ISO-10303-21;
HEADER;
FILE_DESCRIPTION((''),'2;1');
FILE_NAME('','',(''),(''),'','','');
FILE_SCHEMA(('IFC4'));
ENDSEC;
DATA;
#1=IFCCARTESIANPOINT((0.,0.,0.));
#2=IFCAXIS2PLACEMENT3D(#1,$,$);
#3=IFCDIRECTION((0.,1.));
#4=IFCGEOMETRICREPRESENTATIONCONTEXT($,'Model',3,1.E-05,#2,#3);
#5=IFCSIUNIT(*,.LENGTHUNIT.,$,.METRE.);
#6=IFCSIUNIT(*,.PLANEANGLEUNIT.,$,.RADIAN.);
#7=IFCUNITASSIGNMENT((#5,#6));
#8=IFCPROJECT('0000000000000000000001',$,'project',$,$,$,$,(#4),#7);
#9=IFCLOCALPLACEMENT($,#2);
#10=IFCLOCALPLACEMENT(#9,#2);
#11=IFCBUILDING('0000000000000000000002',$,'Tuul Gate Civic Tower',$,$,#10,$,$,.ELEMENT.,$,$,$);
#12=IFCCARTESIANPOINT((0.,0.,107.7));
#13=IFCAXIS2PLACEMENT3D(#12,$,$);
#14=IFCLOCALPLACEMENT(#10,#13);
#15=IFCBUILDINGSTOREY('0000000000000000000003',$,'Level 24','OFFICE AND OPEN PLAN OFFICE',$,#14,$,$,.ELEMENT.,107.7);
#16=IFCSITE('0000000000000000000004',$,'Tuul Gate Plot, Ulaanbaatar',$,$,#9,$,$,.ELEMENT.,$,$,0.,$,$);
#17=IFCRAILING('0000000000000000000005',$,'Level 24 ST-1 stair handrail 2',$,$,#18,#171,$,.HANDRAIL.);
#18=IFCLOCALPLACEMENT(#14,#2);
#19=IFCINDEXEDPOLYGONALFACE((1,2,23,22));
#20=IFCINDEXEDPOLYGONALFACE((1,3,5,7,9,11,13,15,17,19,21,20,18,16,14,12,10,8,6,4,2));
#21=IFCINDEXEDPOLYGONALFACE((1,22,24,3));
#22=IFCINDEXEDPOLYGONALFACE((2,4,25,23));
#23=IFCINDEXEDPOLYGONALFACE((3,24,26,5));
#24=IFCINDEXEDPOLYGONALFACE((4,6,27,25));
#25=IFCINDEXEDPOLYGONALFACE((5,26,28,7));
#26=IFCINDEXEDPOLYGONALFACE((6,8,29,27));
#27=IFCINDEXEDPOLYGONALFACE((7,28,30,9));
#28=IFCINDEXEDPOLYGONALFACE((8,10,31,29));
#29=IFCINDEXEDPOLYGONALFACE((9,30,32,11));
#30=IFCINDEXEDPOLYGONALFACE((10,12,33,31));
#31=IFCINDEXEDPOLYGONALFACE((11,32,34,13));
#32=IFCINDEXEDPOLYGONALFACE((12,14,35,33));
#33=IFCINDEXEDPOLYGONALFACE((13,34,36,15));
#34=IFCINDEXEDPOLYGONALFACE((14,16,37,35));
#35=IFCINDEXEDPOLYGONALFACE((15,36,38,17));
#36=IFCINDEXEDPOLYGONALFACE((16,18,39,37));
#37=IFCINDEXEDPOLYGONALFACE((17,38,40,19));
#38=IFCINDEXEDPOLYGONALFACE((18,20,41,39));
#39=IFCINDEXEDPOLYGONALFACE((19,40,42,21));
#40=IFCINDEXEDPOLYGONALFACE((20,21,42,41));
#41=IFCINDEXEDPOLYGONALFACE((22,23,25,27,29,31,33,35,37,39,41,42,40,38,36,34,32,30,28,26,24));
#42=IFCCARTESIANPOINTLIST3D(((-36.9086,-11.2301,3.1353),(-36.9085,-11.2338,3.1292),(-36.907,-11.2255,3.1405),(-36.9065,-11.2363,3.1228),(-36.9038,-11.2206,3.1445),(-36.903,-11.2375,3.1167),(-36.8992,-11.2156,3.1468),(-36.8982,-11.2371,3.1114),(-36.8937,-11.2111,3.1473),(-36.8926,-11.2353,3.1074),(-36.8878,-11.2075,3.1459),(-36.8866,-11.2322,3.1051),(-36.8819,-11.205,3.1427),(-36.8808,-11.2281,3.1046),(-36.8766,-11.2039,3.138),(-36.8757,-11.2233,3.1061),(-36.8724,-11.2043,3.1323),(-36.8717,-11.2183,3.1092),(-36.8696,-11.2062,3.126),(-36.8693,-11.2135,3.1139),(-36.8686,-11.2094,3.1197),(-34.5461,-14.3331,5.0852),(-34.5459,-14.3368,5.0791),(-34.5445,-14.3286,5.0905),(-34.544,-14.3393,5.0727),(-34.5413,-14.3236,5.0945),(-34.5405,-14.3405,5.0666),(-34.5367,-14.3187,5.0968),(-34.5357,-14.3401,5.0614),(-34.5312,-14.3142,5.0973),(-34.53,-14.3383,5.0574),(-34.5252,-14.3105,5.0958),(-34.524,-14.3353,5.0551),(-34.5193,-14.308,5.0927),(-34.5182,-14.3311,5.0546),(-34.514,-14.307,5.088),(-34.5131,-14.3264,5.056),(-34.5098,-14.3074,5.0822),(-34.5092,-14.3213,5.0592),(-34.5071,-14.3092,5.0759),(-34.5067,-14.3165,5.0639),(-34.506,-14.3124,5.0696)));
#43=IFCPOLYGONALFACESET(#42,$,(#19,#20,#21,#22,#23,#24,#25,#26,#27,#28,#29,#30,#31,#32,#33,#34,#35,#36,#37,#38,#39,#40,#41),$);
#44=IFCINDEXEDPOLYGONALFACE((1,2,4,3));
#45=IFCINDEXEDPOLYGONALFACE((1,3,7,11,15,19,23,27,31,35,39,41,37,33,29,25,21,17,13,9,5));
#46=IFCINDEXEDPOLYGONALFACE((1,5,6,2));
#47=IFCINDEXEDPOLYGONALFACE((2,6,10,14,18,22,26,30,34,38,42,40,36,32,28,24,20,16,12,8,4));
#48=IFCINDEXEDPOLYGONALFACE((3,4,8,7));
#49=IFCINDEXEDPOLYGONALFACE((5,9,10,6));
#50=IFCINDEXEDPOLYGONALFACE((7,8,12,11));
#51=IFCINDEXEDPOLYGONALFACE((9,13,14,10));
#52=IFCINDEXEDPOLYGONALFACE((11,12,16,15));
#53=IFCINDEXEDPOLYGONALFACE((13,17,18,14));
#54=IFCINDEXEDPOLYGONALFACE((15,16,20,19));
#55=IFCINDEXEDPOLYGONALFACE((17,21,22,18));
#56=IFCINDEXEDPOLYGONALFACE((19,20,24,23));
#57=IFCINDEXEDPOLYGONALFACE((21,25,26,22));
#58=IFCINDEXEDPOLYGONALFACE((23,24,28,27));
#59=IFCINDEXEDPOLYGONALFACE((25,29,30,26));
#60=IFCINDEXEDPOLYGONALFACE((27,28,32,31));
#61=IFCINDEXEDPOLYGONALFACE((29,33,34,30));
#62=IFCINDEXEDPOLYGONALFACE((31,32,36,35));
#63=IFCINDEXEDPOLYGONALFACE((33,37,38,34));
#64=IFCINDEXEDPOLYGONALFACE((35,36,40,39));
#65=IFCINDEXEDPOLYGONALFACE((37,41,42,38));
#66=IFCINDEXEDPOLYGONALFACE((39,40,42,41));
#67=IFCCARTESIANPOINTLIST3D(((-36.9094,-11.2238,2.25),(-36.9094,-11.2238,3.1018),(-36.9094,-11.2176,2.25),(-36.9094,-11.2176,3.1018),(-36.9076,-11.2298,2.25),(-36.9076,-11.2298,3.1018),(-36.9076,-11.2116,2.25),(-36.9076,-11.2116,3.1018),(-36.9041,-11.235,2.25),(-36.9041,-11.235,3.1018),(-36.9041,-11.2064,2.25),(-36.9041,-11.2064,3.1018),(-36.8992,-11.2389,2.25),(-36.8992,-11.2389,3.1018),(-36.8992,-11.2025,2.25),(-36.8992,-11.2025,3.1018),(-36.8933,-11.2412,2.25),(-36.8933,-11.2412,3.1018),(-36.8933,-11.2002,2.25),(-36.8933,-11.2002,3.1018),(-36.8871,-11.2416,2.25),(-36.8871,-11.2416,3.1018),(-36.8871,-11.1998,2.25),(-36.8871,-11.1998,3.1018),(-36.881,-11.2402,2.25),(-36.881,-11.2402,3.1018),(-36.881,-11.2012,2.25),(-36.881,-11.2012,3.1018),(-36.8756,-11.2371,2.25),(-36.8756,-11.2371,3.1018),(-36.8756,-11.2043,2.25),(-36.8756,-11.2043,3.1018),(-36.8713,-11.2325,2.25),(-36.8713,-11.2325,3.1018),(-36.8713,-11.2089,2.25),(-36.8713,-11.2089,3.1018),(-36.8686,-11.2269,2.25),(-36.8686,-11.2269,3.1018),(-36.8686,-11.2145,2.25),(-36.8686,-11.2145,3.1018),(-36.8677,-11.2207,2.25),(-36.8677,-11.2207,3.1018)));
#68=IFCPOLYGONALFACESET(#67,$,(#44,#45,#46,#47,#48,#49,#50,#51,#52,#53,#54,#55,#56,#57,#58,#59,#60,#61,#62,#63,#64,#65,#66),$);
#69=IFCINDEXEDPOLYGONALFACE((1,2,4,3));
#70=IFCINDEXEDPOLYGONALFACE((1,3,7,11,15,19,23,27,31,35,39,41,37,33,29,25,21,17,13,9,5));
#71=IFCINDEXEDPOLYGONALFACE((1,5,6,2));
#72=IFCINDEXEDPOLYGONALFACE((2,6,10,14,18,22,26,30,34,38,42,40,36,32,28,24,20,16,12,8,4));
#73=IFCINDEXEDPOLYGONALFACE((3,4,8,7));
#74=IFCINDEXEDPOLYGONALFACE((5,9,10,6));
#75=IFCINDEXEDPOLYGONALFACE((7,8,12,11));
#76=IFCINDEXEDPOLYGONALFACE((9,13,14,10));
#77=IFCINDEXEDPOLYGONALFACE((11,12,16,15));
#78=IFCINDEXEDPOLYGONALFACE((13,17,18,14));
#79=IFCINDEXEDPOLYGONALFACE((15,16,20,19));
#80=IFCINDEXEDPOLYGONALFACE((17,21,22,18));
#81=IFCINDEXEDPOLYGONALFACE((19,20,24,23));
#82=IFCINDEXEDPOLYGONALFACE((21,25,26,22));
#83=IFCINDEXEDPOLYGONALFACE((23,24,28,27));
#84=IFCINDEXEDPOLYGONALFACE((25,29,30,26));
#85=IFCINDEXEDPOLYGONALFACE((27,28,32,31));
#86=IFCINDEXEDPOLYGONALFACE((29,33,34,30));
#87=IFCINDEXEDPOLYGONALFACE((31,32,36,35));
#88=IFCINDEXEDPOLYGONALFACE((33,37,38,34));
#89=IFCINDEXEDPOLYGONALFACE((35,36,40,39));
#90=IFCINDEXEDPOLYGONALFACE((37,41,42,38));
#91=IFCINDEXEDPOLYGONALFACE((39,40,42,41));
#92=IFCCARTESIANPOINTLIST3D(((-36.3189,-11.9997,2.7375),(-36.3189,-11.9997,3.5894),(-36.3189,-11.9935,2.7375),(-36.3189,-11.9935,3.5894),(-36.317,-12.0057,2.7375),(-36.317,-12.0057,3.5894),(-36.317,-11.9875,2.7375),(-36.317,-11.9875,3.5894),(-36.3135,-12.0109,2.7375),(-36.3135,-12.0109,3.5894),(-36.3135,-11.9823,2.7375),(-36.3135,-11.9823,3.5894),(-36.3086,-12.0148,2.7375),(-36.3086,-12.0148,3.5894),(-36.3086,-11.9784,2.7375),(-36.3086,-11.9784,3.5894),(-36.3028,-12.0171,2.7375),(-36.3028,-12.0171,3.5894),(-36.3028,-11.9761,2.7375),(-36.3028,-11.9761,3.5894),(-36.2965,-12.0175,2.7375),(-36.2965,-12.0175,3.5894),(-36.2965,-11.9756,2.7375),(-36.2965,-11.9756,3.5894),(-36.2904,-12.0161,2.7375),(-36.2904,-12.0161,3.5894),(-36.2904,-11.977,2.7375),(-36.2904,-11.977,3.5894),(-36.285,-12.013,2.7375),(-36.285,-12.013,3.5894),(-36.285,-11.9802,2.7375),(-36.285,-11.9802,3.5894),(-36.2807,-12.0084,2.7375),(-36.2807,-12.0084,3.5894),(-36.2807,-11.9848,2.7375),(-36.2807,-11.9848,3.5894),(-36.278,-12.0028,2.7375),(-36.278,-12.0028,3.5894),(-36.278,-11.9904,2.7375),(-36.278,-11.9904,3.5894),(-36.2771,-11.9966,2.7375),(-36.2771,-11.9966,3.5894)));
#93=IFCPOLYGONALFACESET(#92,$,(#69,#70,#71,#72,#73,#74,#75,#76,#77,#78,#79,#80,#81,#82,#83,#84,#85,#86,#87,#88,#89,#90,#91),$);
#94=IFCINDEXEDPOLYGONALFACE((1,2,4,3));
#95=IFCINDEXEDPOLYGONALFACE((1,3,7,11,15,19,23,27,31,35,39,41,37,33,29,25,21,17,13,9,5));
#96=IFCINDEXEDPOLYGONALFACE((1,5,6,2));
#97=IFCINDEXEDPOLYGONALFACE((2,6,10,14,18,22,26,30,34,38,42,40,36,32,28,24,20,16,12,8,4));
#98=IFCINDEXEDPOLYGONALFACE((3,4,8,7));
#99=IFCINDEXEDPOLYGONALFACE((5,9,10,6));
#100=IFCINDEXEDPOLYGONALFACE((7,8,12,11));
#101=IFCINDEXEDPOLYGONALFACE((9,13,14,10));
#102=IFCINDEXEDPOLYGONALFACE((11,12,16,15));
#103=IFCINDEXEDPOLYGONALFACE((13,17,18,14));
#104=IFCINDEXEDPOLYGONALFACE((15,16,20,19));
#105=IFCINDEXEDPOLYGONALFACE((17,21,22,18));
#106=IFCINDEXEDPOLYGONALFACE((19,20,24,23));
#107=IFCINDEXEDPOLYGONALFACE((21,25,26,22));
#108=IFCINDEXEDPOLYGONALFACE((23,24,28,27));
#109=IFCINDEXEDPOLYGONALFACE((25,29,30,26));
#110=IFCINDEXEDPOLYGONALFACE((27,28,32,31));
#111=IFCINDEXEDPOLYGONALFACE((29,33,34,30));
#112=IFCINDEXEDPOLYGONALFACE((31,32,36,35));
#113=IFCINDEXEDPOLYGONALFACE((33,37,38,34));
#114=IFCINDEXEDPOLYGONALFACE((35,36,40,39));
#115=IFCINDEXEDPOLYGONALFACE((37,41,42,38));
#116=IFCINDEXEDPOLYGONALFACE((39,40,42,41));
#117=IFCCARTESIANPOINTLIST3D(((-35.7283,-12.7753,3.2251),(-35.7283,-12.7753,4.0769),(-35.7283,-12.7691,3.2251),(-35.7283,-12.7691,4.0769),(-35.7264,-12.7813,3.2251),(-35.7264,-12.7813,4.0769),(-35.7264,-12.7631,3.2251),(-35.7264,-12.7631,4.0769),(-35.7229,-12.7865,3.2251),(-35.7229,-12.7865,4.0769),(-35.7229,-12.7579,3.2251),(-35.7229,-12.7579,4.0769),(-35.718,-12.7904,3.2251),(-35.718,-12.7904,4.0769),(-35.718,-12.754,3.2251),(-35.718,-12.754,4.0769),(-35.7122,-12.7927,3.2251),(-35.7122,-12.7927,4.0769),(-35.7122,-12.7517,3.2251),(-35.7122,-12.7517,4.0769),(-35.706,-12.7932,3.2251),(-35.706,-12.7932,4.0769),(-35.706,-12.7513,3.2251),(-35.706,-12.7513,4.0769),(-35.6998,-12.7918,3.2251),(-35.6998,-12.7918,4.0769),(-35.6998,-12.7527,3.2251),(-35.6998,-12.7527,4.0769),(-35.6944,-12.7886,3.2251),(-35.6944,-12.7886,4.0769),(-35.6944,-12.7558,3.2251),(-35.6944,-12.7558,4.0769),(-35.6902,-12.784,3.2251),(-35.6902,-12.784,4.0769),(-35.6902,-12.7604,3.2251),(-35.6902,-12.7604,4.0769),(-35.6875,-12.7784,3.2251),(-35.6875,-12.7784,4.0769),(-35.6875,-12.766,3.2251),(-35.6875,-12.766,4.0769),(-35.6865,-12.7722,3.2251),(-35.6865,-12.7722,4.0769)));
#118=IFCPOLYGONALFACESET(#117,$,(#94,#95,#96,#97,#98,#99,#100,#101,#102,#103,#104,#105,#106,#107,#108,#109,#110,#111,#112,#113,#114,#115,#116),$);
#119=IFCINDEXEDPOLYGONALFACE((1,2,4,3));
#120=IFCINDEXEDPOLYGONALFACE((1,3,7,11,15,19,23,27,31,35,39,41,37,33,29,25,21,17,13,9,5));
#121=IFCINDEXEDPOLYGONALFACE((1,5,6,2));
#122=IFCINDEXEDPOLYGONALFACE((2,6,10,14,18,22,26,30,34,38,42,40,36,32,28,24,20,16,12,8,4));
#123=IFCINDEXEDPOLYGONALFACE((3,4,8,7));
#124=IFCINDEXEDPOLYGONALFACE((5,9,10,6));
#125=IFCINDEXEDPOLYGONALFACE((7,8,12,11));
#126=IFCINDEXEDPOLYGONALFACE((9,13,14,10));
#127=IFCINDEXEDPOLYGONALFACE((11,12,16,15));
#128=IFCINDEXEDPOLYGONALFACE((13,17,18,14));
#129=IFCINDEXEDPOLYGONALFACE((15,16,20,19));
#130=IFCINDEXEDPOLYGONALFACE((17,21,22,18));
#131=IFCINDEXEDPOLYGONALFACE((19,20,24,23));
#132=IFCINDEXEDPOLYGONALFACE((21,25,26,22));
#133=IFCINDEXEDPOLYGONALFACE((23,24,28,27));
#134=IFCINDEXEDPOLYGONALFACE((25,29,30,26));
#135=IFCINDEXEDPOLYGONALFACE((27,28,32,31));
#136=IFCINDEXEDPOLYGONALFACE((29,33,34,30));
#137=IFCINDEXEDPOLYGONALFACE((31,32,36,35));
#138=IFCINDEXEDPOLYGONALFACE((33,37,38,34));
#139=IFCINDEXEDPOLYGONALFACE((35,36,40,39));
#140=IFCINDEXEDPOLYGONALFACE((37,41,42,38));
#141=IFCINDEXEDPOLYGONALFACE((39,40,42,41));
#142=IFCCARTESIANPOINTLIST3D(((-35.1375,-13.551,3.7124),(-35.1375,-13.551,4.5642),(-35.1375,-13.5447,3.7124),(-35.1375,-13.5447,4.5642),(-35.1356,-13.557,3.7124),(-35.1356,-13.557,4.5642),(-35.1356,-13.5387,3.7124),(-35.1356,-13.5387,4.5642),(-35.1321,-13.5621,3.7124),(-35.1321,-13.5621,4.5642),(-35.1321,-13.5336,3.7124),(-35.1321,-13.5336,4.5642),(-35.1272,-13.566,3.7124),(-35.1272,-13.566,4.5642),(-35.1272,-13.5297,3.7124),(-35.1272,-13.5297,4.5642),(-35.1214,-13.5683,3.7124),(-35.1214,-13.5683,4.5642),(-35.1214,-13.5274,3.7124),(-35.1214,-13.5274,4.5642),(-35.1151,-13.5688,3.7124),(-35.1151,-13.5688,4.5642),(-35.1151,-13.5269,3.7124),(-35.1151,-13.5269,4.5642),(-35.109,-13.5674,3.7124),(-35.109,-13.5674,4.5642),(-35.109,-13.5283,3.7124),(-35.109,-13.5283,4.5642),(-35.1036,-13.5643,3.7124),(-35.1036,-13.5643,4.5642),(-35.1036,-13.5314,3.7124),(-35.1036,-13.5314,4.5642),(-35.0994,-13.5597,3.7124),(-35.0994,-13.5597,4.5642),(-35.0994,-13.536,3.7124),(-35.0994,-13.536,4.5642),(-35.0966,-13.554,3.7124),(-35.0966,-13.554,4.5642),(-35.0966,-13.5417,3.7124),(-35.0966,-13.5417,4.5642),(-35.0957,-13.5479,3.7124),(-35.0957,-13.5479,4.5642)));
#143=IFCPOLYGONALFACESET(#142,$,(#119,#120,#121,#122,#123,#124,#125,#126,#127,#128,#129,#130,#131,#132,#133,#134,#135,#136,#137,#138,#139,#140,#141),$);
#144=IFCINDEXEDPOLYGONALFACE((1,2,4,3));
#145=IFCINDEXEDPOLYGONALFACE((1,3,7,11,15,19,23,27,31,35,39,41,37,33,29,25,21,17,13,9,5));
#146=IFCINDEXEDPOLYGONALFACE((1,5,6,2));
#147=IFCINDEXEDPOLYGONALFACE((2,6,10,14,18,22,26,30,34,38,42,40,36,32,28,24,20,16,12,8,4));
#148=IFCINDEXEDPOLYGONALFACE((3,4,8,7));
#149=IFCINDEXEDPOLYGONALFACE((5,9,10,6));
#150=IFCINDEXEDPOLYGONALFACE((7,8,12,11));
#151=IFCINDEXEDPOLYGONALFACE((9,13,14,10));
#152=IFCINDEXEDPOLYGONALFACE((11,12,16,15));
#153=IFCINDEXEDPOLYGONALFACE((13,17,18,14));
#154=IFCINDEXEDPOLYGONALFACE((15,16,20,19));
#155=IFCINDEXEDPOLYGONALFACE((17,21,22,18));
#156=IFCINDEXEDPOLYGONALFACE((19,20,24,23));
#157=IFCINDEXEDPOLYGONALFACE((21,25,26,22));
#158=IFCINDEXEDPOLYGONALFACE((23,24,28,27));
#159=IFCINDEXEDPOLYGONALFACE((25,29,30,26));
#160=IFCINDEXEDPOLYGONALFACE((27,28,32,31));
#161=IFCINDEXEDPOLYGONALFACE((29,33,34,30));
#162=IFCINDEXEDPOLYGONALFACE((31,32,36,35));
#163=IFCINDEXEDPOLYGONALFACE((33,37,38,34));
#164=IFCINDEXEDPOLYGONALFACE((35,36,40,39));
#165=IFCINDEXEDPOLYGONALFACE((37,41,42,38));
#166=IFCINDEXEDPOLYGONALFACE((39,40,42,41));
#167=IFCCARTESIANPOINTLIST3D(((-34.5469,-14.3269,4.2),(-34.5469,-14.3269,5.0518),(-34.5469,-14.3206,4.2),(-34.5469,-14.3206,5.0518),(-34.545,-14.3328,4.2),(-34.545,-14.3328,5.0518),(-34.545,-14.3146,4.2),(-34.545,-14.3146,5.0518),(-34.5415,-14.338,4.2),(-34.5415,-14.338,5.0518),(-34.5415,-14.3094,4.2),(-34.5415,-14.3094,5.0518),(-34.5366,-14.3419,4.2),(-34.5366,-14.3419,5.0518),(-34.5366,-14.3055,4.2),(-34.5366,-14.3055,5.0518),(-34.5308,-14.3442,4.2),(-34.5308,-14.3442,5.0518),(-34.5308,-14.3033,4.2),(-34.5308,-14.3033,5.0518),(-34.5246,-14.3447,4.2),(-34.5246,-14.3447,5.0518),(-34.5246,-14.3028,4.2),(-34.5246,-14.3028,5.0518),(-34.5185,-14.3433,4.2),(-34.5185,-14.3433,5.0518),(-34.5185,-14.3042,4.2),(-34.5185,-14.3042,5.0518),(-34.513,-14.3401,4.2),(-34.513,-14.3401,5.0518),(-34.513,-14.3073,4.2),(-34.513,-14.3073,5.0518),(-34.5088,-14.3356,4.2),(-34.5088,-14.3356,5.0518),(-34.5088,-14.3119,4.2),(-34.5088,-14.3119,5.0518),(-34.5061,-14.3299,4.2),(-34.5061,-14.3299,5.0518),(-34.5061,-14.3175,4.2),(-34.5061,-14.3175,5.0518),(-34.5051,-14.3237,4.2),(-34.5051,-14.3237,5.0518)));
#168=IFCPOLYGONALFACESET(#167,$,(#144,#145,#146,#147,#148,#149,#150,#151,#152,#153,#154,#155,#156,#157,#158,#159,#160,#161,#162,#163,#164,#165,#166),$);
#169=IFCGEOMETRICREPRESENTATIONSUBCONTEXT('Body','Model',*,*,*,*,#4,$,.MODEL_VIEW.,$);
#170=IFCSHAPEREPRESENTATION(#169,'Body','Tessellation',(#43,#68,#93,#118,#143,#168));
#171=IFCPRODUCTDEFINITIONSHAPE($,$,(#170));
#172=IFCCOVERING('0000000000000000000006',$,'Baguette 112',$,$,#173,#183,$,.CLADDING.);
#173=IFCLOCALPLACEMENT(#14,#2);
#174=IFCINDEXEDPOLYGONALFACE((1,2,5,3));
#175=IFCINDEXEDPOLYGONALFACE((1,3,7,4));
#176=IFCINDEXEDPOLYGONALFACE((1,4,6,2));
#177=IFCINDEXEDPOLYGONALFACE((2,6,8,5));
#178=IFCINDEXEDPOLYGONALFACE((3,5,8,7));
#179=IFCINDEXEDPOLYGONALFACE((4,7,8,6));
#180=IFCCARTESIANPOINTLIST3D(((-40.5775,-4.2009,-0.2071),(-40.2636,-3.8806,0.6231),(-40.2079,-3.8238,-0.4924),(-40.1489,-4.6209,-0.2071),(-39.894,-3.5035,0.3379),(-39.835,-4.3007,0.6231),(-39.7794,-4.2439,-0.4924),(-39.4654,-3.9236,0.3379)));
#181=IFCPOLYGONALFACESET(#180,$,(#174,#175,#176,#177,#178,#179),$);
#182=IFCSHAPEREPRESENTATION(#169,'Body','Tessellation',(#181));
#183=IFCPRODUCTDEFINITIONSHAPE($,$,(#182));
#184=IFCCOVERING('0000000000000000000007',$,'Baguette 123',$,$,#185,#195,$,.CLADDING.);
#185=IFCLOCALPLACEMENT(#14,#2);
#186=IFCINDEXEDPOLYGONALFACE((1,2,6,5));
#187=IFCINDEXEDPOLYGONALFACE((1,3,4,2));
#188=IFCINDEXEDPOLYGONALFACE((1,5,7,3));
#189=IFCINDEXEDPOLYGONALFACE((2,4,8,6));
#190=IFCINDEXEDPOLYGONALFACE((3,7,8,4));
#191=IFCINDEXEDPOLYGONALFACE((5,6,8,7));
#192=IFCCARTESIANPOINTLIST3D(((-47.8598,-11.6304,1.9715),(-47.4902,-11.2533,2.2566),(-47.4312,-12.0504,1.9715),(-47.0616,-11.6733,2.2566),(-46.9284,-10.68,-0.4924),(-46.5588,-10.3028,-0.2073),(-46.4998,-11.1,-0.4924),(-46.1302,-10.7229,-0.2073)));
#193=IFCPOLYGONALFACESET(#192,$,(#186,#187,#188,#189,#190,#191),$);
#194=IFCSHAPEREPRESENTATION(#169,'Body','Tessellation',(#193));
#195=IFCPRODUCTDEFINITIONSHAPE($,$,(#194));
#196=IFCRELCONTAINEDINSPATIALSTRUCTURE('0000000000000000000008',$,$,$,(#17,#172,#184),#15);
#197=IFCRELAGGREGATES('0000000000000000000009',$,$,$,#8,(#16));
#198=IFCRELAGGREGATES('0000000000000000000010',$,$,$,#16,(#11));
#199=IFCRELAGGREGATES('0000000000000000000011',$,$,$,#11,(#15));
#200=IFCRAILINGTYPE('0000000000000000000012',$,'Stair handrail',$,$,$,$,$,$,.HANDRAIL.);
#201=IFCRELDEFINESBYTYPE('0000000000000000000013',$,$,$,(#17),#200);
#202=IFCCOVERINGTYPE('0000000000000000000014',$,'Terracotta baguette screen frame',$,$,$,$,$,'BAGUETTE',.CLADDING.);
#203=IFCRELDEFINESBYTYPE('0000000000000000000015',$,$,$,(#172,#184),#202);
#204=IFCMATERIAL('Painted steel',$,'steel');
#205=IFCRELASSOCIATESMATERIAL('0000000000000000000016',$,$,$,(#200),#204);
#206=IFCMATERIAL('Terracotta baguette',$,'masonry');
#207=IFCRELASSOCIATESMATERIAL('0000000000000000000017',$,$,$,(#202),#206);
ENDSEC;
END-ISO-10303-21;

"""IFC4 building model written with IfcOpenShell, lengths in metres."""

from ifc_helpers import new_model, si_unit, direction, frame, origin, origin_2d, place, context, subcontext, project, spatial, rectangle, circle, extrude, material, material_profile, profile_set, type_object, element, save


model = new_model("IFC4")

# Units and contexts
model_context = context("Model", 3, precision=1e-05, world=origin(), true_north=direction((0.0, 1.0)))
body_context = subcontext(model_context, "Body", "Model", "MODEL_VIEW")
ifc_project = project(units=[si_unit("LENGTHUNIT", "METRE"), si_unit("PLANEANGLEUNIT", "RADIAN")], contexts=[model_context])

# Site, building, storey
site_placement = place(None, origin())
site = spatial("IfcSite", under=ifc_project, at=site_placement, Name="Tuul Gate Plot, Ulaanbaatar", CompositionType="ELEMENT", RefElevation=0.0)
building_placement = place(site_placement, origin())
building = spatial("IfcBuilding", under=site, at=building_placement, Name="Tuul Gate Civic Tower", CompositionType="ELEMENT")
storey_placement = place(building_placement, frame((0.0, 0.0, 107.7)))
storey = spatial("IfcBuildingStorey", under=building, at=storey_placement, Name="Level 24", Description="OFFICE AND OPEN PLAN OFFICE", CompositionType="ELEMENT", Elevation=107.7)

# Railing
ifc_material_1 = material(Name="Painted steel", Category="steel")
railing_type = type_object("IfcRailingType", Name="Stair handrail", PredefinedType="HANDRAIL", material=ifc_material_1)
railing_placement = place(storey_placement, frame((-36.8887, -11.2207, 2.25)))
element("IfcRailing", 1, at=railing_placement, inside=storey, type_object=railing_type, Name="Level 24 ST-1 stair handrail 2", PredefinedType="HANDRAIL", context=body_context, shape_type="SweptSolid", body=[
    extrude(circle(Radius=0.0239, at=origin_2d()), frame((0.0, 0.0, 0.876), z_axis=(0.541824, -0.711645, 0.4472), x_axis=(0.795637, 0.605773, 0.0)), (0.0, 0.0, 1.0), 4.3604),
    extrude(circle(Radius=0.021, at=origin_2d()), origin(), (0.0, 0.0, 1.0), 0.8518),
    extrude(circle(Radius=0.021, at=origin_2d()), frame((0.5906, -0.7759, 0.4875)), (0.0, 0.0, 1.0), 0.8518),
    extrude(circle(Radius=0.021, at=origin_2d()), frame((1.1812, -1.5515, 0.9751)), (0.0, 0.0, 1.0), 0.8518),
    extrude(circle(Radius=0.021, at=origin_2d()), frame((1.772, -2.3271, 1.4624)), (0.0, 0.0, 1.0), 0.8518),
    extrude(circle(Radius=0.021, at=origin_2d()), frame((2.3625, -3.103, 1.95)), (0.0, 0.0, 1.0), 0.8518),
])

# Coverings
ifc_material_2 = material(Name="Terracotta baguette", Category="masonry")
ifc_material_profile_1 = material_profile(ifc_material_2, rectangle(XDim=0.6001, YDim=0.6001, at=origin_2d()), Name="Terracotta baguette screen frame")
ifc_profile_set_1 = profile_set([ifc_material_profile_1], Name="Terracotta baguette")
covering_type = type_object("IfcCoveringType", Name="Terracotta baguette screen frame", ElementType="BAGUETTE", PredefinedType="CLADDING", material=ifc_profile_set_1)
covering_1_placement = place(storey_placement, frame((-39.8645, -3.9021, 0.4805), z_axis=(-0.332688, -0.339414, -0.879839), x_axis=(0.714148, -0.699995, 0.0)))
element("IfcCovering", 2, at=covering_1_placement, inside=storey, type_object=covering_type, Name="Baguette 112", PredefinedType="CLADDING", context=body_context, shape_type="SweptSolid", body=[
    extrude(rectangle(XDim=0.6001, YDim=0.6001, at=origin_2d()), origin(), (0.0, 0.0, 1.0), 0.9436),
])
covering_2_placement = place(storey_placement, frame((-46.5293, -10.7014, -0.3499), z_axis=(-0.33261, -0.339411, 0.87987), x_axis=(0.714226, -0.699915, 0.0)))
element("IfcCovering", 3, at=covering_2_placement, inside=storey, type_object=covering_type, Name="Baguette 123", PredefinedType="CLADDING", context=body_context, shape_type="SweptSolid", body=[
    extrude(rectangle(XDim=0.6001, YDim=0.6001, at=origin_2d()), origin(), (0.0, 0.0, 1.0), 2.8003),
])

save(model, "model.ifc")
